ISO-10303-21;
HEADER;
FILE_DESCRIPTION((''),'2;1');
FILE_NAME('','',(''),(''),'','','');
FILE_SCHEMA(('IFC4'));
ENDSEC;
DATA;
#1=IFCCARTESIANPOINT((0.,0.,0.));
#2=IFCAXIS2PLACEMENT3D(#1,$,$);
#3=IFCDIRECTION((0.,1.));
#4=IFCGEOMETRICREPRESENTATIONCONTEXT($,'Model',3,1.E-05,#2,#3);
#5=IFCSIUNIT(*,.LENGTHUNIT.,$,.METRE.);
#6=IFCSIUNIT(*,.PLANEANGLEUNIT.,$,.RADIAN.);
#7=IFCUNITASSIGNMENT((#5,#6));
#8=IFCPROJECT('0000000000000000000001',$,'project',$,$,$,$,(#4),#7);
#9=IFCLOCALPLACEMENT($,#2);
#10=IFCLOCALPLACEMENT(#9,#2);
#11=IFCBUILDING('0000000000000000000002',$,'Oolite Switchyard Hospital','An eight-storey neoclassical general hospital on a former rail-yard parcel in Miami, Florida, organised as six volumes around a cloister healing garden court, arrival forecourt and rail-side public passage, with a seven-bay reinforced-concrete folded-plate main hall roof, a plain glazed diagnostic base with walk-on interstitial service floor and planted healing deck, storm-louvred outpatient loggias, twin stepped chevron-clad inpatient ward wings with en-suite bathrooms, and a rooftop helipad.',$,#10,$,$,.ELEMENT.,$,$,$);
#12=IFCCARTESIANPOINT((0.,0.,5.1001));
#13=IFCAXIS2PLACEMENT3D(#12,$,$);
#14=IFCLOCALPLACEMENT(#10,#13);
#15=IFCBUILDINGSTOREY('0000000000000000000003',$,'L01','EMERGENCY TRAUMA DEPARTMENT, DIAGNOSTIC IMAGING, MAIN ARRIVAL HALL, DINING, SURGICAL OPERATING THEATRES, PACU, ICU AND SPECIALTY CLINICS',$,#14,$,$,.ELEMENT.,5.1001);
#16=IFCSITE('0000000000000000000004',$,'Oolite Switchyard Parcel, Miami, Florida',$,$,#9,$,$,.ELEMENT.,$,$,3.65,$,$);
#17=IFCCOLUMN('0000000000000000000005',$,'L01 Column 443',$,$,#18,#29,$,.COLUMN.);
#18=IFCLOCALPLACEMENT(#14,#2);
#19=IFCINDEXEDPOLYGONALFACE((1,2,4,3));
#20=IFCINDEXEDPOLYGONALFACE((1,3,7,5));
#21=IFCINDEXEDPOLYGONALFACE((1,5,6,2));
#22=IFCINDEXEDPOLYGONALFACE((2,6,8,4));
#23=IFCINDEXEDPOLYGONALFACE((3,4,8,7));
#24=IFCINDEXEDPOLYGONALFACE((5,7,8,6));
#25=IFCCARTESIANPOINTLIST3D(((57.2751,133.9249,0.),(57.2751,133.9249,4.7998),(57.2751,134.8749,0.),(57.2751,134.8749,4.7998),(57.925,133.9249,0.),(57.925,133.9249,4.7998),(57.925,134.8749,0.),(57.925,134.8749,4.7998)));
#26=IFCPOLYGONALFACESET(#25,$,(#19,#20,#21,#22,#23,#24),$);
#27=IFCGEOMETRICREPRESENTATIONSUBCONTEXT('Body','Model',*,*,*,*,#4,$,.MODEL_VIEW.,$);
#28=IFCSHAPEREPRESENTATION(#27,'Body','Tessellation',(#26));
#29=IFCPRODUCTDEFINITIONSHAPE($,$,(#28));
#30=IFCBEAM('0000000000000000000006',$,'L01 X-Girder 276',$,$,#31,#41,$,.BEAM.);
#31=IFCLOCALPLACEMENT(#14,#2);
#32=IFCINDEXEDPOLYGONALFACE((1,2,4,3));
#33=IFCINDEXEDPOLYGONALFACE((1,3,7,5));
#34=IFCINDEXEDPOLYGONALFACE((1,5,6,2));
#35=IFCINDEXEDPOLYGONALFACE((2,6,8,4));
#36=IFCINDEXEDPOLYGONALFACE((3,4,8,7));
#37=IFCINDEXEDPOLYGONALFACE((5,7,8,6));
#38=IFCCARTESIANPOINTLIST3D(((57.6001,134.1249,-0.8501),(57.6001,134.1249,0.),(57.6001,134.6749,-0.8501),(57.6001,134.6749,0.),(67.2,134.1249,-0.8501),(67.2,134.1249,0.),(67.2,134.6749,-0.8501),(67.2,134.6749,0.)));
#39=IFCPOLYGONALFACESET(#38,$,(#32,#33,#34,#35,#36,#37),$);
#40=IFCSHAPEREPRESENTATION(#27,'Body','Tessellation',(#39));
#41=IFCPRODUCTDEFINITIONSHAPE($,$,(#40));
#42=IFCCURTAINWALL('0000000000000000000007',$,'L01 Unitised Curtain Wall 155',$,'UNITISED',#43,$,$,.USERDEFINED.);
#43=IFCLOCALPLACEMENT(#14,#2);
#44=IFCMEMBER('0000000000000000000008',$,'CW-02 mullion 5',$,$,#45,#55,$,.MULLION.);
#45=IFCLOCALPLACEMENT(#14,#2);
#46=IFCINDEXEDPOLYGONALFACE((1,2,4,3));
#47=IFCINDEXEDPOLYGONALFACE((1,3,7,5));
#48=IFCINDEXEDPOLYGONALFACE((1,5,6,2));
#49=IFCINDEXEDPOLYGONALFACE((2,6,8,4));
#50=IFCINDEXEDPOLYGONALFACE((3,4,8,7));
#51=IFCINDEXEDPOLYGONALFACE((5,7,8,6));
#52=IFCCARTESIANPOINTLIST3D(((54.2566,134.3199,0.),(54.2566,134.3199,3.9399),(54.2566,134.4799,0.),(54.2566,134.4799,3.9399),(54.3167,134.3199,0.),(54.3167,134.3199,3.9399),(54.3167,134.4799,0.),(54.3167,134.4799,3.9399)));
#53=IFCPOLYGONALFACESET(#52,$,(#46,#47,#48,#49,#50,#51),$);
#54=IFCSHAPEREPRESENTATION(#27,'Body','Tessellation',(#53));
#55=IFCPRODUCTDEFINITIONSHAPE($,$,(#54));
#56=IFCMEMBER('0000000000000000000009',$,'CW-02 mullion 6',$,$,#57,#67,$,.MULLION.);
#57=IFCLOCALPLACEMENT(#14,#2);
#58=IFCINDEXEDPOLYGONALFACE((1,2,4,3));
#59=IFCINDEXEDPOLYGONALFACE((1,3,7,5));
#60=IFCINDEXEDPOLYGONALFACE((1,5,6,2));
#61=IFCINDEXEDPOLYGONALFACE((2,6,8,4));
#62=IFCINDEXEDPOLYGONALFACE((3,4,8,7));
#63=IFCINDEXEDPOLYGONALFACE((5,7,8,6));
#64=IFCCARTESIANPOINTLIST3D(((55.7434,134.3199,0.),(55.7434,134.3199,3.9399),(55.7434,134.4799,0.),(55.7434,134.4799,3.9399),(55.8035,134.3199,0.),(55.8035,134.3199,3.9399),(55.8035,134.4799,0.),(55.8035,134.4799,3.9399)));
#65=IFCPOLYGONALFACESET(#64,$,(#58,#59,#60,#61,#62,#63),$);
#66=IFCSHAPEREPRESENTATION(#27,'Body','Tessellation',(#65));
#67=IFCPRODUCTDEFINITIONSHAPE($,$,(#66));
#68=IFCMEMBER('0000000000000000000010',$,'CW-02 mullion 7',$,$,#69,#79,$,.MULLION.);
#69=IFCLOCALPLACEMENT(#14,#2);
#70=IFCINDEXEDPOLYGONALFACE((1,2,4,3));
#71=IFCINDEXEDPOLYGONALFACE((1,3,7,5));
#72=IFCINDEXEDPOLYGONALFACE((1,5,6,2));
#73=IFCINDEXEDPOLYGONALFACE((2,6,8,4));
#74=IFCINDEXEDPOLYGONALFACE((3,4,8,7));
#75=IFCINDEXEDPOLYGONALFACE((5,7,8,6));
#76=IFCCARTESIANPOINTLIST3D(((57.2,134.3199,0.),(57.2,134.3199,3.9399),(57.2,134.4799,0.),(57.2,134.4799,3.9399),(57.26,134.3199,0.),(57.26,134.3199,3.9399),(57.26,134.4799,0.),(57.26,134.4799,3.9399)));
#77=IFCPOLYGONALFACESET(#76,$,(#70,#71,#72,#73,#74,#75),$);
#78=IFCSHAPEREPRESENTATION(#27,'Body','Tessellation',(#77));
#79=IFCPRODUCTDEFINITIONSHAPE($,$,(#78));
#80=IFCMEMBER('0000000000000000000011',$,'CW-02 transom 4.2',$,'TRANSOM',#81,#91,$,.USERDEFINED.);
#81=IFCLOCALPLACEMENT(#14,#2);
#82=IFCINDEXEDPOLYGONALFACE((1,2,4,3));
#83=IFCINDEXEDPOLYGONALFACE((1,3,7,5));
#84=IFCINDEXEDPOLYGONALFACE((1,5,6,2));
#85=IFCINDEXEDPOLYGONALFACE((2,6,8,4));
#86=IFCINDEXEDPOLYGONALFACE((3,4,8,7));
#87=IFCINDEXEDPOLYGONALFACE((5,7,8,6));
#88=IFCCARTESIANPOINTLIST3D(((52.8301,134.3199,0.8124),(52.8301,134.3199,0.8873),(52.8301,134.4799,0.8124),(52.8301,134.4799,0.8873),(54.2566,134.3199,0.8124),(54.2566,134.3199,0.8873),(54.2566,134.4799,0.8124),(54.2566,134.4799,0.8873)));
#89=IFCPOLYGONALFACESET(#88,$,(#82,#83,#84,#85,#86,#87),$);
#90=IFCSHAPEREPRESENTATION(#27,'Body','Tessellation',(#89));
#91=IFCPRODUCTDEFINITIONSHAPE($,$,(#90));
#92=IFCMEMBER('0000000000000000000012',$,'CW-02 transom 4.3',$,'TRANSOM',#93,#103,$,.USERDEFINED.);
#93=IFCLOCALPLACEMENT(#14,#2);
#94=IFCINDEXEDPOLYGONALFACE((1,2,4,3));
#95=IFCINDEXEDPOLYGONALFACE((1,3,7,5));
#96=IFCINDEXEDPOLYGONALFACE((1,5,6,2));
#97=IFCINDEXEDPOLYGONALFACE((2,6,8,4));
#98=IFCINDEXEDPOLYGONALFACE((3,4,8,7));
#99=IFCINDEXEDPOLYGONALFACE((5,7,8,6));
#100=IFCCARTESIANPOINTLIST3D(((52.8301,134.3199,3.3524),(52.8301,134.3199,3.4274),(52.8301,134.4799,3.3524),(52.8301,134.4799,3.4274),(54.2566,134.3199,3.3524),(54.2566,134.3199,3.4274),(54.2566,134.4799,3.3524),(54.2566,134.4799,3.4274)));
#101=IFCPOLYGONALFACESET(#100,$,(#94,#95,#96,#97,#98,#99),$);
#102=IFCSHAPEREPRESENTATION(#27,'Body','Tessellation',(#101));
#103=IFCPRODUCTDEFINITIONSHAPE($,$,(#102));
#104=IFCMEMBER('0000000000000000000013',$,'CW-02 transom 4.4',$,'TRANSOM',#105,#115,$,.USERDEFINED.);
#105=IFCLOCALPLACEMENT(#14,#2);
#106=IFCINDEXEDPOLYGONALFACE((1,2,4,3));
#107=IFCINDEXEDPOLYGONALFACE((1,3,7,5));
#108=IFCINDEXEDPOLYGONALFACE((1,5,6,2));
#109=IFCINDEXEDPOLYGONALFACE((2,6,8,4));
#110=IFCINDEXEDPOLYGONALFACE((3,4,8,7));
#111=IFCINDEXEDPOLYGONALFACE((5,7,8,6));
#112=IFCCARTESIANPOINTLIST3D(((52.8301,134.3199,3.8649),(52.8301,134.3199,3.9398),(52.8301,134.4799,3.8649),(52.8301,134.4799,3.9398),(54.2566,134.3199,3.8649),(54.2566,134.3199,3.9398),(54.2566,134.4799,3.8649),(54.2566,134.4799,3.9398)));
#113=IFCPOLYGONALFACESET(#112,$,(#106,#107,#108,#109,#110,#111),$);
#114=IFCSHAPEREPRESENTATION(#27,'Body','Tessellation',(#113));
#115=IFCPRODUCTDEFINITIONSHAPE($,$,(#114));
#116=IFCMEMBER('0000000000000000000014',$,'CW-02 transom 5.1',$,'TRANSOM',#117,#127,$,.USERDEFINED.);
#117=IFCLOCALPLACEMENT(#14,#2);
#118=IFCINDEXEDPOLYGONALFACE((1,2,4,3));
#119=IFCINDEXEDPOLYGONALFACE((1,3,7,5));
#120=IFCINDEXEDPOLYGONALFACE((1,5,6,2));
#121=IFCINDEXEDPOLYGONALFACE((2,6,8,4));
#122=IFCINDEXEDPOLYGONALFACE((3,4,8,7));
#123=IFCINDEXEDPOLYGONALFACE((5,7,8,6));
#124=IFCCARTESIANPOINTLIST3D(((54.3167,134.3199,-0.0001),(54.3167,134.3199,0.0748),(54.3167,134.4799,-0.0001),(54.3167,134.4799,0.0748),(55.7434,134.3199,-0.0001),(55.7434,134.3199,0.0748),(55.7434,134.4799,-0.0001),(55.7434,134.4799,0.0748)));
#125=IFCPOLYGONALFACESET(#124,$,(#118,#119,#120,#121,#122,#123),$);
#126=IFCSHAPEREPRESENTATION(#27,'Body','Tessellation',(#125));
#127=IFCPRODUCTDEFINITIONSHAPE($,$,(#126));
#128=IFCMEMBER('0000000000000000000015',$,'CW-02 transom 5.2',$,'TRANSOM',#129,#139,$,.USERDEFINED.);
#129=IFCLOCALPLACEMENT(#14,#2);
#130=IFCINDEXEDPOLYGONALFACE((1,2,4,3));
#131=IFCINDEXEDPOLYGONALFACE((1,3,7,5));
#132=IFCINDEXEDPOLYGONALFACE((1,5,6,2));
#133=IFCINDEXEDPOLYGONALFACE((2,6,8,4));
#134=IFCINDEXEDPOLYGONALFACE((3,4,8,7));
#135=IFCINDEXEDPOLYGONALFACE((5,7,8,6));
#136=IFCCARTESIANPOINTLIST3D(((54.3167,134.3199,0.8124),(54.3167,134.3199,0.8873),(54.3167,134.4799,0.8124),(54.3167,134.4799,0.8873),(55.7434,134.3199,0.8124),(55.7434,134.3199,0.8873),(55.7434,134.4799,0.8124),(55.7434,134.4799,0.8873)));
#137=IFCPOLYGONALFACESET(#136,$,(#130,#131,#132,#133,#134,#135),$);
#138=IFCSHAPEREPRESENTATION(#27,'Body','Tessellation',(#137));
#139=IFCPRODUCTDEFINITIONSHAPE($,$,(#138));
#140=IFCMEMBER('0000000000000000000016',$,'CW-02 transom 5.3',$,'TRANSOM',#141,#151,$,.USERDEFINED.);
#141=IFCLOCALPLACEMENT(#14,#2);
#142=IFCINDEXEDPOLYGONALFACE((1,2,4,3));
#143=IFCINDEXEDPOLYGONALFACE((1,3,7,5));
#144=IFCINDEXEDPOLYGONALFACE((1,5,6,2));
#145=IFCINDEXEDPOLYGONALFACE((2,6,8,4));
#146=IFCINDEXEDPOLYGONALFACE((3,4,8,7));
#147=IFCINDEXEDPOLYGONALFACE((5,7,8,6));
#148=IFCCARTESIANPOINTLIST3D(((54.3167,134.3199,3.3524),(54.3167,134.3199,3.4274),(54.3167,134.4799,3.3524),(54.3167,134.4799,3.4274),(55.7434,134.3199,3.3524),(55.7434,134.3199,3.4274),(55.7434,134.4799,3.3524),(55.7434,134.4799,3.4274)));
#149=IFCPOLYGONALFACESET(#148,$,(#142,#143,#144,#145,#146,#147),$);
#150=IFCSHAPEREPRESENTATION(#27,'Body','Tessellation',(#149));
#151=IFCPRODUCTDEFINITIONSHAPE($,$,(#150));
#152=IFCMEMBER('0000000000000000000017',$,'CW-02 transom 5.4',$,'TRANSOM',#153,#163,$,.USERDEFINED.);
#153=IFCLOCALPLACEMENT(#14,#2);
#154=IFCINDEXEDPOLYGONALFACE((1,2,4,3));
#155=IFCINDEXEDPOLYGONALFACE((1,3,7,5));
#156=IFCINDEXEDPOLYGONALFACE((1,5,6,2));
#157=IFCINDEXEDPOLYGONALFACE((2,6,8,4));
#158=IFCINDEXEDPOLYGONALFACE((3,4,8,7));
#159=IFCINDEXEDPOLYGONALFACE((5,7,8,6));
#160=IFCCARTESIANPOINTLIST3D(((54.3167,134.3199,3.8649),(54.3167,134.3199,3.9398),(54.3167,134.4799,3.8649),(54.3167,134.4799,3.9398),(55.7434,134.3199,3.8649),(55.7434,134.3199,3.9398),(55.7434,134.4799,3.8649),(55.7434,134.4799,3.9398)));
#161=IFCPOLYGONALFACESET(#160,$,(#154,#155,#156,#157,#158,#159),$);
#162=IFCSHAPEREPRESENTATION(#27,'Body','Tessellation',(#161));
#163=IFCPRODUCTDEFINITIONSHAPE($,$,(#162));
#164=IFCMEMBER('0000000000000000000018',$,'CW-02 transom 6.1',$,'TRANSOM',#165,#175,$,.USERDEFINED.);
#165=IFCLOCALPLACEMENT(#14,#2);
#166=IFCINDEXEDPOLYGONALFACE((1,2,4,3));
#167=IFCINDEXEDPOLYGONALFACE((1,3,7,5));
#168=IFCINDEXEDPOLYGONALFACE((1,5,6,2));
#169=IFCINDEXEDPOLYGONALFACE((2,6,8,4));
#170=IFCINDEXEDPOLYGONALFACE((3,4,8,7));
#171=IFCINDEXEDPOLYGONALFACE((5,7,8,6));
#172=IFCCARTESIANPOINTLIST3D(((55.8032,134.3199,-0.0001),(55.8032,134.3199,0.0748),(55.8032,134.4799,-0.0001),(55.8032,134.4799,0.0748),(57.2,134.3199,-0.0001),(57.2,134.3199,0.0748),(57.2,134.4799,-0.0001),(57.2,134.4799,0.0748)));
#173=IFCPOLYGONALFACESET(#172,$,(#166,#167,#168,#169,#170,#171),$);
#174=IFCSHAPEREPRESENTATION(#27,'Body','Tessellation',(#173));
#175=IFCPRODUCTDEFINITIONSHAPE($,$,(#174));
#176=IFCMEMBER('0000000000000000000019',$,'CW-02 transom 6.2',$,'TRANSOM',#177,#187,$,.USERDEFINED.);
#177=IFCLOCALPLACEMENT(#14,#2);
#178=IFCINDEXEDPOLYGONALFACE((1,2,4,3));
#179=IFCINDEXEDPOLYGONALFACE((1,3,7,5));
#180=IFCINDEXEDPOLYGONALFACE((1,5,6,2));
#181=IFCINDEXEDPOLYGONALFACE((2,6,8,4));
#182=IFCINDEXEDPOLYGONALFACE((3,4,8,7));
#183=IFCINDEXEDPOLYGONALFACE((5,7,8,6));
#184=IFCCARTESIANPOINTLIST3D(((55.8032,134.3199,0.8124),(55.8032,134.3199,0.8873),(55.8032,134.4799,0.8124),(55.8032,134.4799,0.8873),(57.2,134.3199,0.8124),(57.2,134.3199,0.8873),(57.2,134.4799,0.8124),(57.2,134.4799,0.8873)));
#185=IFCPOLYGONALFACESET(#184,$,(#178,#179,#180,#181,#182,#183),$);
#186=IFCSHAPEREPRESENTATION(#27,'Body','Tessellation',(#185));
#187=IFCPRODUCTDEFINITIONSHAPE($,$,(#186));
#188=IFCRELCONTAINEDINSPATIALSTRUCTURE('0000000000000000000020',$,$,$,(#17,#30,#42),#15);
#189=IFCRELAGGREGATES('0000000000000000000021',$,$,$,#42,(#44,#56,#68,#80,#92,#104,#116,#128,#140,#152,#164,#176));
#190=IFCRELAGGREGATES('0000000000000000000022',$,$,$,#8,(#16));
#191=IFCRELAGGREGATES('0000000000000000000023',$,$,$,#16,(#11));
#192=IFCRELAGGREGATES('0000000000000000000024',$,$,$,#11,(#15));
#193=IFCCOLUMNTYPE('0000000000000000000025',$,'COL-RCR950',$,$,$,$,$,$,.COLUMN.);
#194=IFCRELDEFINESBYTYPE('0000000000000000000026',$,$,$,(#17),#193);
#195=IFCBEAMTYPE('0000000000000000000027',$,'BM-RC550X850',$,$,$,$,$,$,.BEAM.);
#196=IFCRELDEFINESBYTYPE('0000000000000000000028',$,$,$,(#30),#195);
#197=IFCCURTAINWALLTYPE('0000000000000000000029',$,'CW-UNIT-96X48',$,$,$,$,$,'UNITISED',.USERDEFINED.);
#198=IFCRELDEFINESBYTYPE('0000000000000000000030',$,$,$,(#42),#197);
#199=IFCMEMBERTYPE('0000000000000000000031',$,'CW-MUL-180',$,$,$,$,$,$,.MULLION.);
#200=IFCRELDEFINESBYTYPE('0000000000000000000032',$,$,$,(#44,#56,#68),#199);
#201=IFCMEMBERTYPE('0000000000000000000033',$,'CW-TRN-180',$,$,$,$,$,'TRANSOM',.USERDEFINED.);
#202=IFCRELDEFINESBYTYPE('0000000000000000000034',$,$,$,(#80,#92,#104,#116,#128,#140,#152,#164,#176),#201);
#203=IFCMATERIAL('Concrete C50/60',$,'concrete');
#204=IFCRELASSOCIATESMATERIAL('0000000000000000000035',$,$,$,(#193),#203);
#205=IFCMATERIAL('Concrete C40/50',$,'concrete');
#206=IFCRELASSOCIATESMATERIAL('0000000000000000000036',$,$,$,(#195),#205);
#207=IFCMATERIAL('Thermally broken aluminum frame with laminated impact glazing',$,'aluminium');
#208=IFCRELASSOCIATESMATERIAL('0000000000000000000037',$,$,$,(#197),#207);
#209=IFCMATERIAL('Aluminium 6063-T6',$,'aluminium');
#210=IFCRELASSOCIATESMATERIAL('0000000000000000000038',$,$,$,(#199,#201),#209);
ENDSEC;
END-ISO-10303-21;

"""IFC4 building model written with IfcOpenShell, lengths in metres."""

from ifc_helpers import new_model, si_unit, direction, frame, origin, origin_2d, place, context, subcontext, project, spatial, rectangle, extrude, material, material_profile, profile_set, type_object, element, aggregate, save


model = new_model("IFC4")

# Units and contexts
model_context = context("Model", 3, precision=1e-05, world=origin(), true_north=direction((0.0, 1.0)))
body_context = subcontext(model_context, "Body", "Model", "MODEL_VIEW")
ifc_project = project(units=[si_unit("LENGTHUNIT", "METRE"), si_unit("PLANEANGLEUNIT", "RADIAN")], contexts=[model_context])

# Site, building, storey
site_placement = place(None, origin())
site = spatial("IfcSite", under=ifc_project, at=site_placement, Name="Oolite Switchyard Parcel, Miami, Florida", CompositionType="ELEMENT", RefElevation=3.65)
building_placement = place(site_placement, origin())
building = spatial("IfcBuilding", under=site, at=building_placement, Name="Oolite Switchyard Hospital", Description="An eight-storey neoclassical general hospital on a former rail-yard parcel in Miami, Florida, organised as six volumes around a cloister healing garden court, arrival forecourt and rail-side public passage, with a seven-bay reinforced-concrete folded-plate main hall roof, a plain glazed diagnostic base with walk-on interstitial service floor and planted healing deck, storm-louvred outpatient loggias, twin stepped chevron-clad inpatient ward wings with en-suite bathrooms, and a rooftop helipad.", CompositionType="ELEMENT")
storey_placement = place(building_placement, frame((0.0, 0.0, 5.1001)))
storey = spatial("IfcBuildingStorey", under=building, at=storey_placement, Name="L01", Description="EMERGENCY TRAUMA DEPARTMENT, DIAGNOSTIC IMAGING, MAIN ARRIVAL HALL, DINING, SURGICAL OPERATING THEATRES, PACU, ICU AND SPECIALTY CLINICS", CompositionType="ELEMENT", Elevation=5.1001)

# Column
ifc_material_1 = material(Name="Concrete C50/60", Category="concrete")
ifc_material_profile_1 = material_profile(ifc_material_1, rectangle(XDim=0.95, YDim=0.6499, at=origin_2d()), Name="RC950X650")
ifc_profile_set_1 = profile_set([ifc_material_profile_1], Name="Concrete C50/60")
column_type = type_object("IfcColumnType", Name="COL-RCR950", PredefinedType="COLUMN", material=ifc_profile_set_1)
column_placement = place(storey_placement, frame((57.6001, 134.3999, 0.0), z_axis=(0.0, 0.0, 1.0), x_axis=(0.0, 1.0, 0.0)))
element("IfcColumn", 1, at=column_placement, inside=storey, type_object=column_type, Name="L01 Column 443", PredefinedType="COLUMN", context=body_context, shape_type="SweptSolid", body=[
    extrude(rectangle(XDim=0.95, YDim=0.6499, at=origin_2d()), origin(), (0.0, 0.0, 1.0), 4.7998),
])

# Beam
ifc_material_2 = material(Name="Concrete C40/50", Category="concrete")
ifc_material_profile_2 = material_profile(ifc_material_2, rectangle(XDim=0.55, YDim=0.8501, at=origin_2d()), Name="RCB550X850")
ifc_profile_set_2 = profile_set([ifc_material_profile_2], Name="Concrete C40/50")
beam_type = type_object("IfcBeamType", Name="BM-RC550X850", PredefinedType="BEAM", material=ifc_profile_set_2)
beam_placement = place(storey_placement, frame((57.6001, 134.3999, -0.425), z_axis=(1.0, 0.0, 0.0), x_axis=(0.0, 1.0, 0.0)))
element("IfcBeam", 2, at=beam_placement, inside=storey, type_object=beam_type, Name="L01 X-Girder 276", PredefinedType="BEAM", context=body_context, shape_type="SweptSolid", body=[
    extrude(rectangle(XDim=0.55, YDim=0.8501, at=origin_2d()), origin(), (0.0, 0.0, 1.0), 9.5999),
])

# Curtain wall, members
ifc_material_3 = material(Name="Thermally broken aluminum frame with laminated impact glazing", Category="aluminium")
curtain_wall_type = type_object("IfcCurtainWallType", Name="CW-UNIT-96X48", ElementType="UNITISED", PredefinedType="USERDEFINED", material=ifc_material_3)
curtain_wall_placement = place(storey_placement, origin())
curtain_wall = element("IfcCurtainWall", 3, at=curtain_wall_placement, inside=storey, type_object=curtain_wall_type, Name="L01 Unitised Curtain Wall 155", ObjectType="UNITISED", PredefinedType="USERDEFINED")
ifc_material_4 = material(Name="Aluminium 6063-T6", Category="aluminium")
ifc_material_profile_3 = material_profile(ifc_material_4, rectangle(XDim=0.1599, YDim=0.0601, at=origin_2d()), Name="CWM60X160")
ifc_profile_set_3 = profile_set([ifc_material_profile_3], Name="Aluminium 6063-T6")
member_type_1 = type_object("IfcMemberType", Name="CW-MUL-180", PredefinedType="MULLION", material=ifc_profile_set_3)
member_1_placement = place(storey_placement, frame((54.2866, 134.3999, 0.0), z_axis=(0.0, 0.0, 1.0), x_axis=(0.0, 1.0, 0.0)))
member_1 = element("IfcMember", 4, at=member_1_placement, type_object=member_type_1, Name="CW-02 mullion 5", PredefinedType="MULLION", context=body_context, shape_type="SweptSolid", body=[
    extrude(rectangle(XDim=0.1599, YDim=0.0601, at=origin_2d()), origin(), (0.0, 0.0, 1.0), 3.9399),
])
member_2_placement = place(storey_placement, frame((55.7734, 134.3999, 0.0), z_axis=(0.0, 0.0, 1.0), x_axis=(0.0, 1.0, 0.0)))
member_2 = element("IfcMember", 5, at=member_2_placement, type_object=member_type_1, Name="CW-02 mullion 6", PredefinedType="MULLION", context=body_context, shape_type="SweptSolid", body=[
    extrude(rectangle(XDim=0.1599, YDim=0.0601, at=origin_2d()), origin(), (0.0, 0.0, 1.0), 3.9399),
])
member_3_placement = place(storey_placement, frame((57.23, 134.3999, 0.0), z_axis=(0.0, 0.0, 1.0), x_axis=(0.0, 1.0, 0.0)))
member_3 = element("IfcMember", 6, at=member_3_placement, type_object=member_type_1, Name="CW-02 mullion 7", PredefinedType="MULLION", context=body_context, shape_type="SweptSolid", body=[
    extrude(rectangle(XDim=0.1599, YDim=0.0601, at=origin_2d()), origin(), (0.0, 0.0, 1.0), 3.9399),
])
ifc_material_profile_4 = material_profile(ifc_material_4, rectangle(XDim=0.1599, YDim=0.075, at=origin_2d()), Name="CWT75X160")
ifc_profile_set_4 = profile_set([ifc_material_profile_4], Name="Aluminium 6063-T6")
member_type_2 = type_object("IfcMemberType", Name="CW-TRN-180", ElementType="TRANSOM", PredefinedType="USERDEFINED", material=ifc_profile_set_4)
member_4_placement = place(storey_placement, frame((52.8301, 134.3999, 0.8499), z_axis=(1.0, 0.0, 0.0), x_axis=(0.0, 1.0, 0.0)))
member_4 = element("IfcMember", 7, at=member_4_placement, type_object=member_type_2, Name="CW-02 transom 4.2", ObjectType="TRANSOM", PredefinedType="USERDEFINED", context=body_context, shape_type="SweptSolid", body=[
    extrude(rectangle(XDim=0.1599, YDim=0.075, at=origin_2d()), origin(), (0.0, 0.0, 1.0), 1.4265),
])
member_5_placement = place(storey_placement, frame((52.8301, 134.3999, 3.3899), z_axis=(1.0, 0.0, 0.0), x_axis=(0.0, 1.0, 0.0)))
member_5 = element("IfcMember", 8, at=member_5_placement, type_object=member_type_2, Name="CW-02 transom 4.3", ObjectType="TRANSOM", PredefinedType="USERDEFINED", context=body_context, shape_type="SweptSolid", body=[
    extrude(rectangle(XDim=0.1599, YDim=0.075, at=origin_2d()), origin(), (0.0, 0.0, 1.0), 1.4265),
])
member_6_placement = place(storey_placement, frame((52.8301, 134.3999, 3.9023), z_axis=(1.0, 0.0, 0.0), x_axis=(0.0, 1.0, 0.0)))
member_6 = element("IfcMember", 9, at=member_6_placement, type_object=member_type_2, Name="CW-02 transom 4.4", ObjectType="TRANSOM", PredefinedType="USERDEFINED", context=body_context, shape_type="SweptSolid", body=[
    extrude(rectangle(XDim=0.1599, YDim=0.075, at=origin_2d()), origin(), (0.0, 0.0, 1.0), 1.4265),
])
member_7_placement = place(storey_placement, frame((54.3167, 134.3999, 0.0374), z_axis=(1.0, 0.0, 0.0), x_axis=(0.0, 1.0, 0.0)))
member_7 = element("IfcMember", 10, at=member_7_placement, type_object=member_type_2, Name="CW-02 transom 5.1", ObjectType="TRANSOM", PredefinedType="USERDEFINED", context=body_context, shape_type="SweptSolid", body=[
    extrude(rectangle(XDim=0.1599, YDim=0.075, at=origin_2d()), origin(), (0.0, 0.0, 1.0), 1.4268),
])
member_8_placement = place(storey_placement, frame((54.3167, 134.3999, 0.8499), z_axis=(1.0, 0.0, 0.0), x_axis=(0.0, 1.0, 0.0)))
member_8 = element("IfcMember", 11, at=member_8_placement, type_object=member_type_2, Name="CW-02 transom 5.2", ObjectType="TRANSOM", PredefinedType="USERDEFINED", context=body_context, shape_type="SweptSolid", body=[
    extrude(rectangle(XDim=0.1599, YDim=0.075, at=origin_2d()), origin(), (0.0, 0.0, 1.0), 1.4268),
])
member_9_placement = place(storey_placement, frame((54.3167, 134.3999, 3.3899), z_axis=(1.0, 0.0, 0.0), x_axis=(0.0, 1.0, 0.0)))
member_9 = element("IfcMember", 12, at=member_9_placement, type_object=member_type_2, Name="CW-02 transom 5.3", ObjectType="TRANSOM", PredefinedType="USERDEFINED", context=body_context, shape_type="SweptSolid", body=[
    extrude(rectangle(XDim=0.1599, YDim=0.075, at=origin_2d()), origin(), (0.0, 0.0, 1.0), 1.4268),
])
member_10_placement = place(storey_placement, frame((54.3167, 134.3999, 3.9023), z_axis=(1.0, 0.0, 0.0), x_axis=(0.0, 1.0, 0.0)))
member_10 = element("IfcMember", 13, at=member_10_placement, type_object=member_type_2, Name="CW-02 transom 5.4", ObjectType="TRANSOM", PredefinedType="USERDEFINED", context=body_context, shape_type="SweptSolid", body=[
    extrude(rectangle(XDim=0.1599, YDim=0.075, at=origin_2d()), origin(), (0.0, 0.0, 1.0), 1.4268),
])
member_11_placement = place(storey_placement, frame((55.8032, 134.3999, 0.0374), z_axis=(1.0, 0.0, 0.0), x_axis=(0.0, 1.0, 0.0)))
member_11 = element("IfcMember", 14, at=member_11_placement, type_object=member_type_2, Name="CW-02 transom 6.1", ObjectType="TRANSOM", PredefinedType="USERDEFINED", context=body_context, shape_type="SweptSolid", body=[
    extrude(rectangle(XDim=0.1599, YDim=0.075, at=origin_2d()), origin(), (0.0, 0.0, 1.0), 1.3967),
])
member_12_placement = place(storey_placement, frame((55.8032, 134.3999, 0.8499), z_axis=(1.0, 0.0, 0.0), x_axis=(0.0, 1.0, 0.0)))
member_12 = element("IfcMember", 15, at=member_12_placement, type_object=member_type_2, Name="CW-02 transom 6.2", ObjectType="TRANSOM", PredefinedType="USERDEFINED", context=body_context, shape_type="SweptSolid", body=[
    extrude(rectangle(XDim=0.1599, YDim=0.075, at=origin_2d()), origin(), (0.0, 0.0, 1.0), 1.3967),
])
aggregate(curtain_wall, [member_1, member_2, member_3, member_4, member_5, member_6, member_7, member_8, member_9, member_10, member_11, member_12])

save(model, "model.ifc")
